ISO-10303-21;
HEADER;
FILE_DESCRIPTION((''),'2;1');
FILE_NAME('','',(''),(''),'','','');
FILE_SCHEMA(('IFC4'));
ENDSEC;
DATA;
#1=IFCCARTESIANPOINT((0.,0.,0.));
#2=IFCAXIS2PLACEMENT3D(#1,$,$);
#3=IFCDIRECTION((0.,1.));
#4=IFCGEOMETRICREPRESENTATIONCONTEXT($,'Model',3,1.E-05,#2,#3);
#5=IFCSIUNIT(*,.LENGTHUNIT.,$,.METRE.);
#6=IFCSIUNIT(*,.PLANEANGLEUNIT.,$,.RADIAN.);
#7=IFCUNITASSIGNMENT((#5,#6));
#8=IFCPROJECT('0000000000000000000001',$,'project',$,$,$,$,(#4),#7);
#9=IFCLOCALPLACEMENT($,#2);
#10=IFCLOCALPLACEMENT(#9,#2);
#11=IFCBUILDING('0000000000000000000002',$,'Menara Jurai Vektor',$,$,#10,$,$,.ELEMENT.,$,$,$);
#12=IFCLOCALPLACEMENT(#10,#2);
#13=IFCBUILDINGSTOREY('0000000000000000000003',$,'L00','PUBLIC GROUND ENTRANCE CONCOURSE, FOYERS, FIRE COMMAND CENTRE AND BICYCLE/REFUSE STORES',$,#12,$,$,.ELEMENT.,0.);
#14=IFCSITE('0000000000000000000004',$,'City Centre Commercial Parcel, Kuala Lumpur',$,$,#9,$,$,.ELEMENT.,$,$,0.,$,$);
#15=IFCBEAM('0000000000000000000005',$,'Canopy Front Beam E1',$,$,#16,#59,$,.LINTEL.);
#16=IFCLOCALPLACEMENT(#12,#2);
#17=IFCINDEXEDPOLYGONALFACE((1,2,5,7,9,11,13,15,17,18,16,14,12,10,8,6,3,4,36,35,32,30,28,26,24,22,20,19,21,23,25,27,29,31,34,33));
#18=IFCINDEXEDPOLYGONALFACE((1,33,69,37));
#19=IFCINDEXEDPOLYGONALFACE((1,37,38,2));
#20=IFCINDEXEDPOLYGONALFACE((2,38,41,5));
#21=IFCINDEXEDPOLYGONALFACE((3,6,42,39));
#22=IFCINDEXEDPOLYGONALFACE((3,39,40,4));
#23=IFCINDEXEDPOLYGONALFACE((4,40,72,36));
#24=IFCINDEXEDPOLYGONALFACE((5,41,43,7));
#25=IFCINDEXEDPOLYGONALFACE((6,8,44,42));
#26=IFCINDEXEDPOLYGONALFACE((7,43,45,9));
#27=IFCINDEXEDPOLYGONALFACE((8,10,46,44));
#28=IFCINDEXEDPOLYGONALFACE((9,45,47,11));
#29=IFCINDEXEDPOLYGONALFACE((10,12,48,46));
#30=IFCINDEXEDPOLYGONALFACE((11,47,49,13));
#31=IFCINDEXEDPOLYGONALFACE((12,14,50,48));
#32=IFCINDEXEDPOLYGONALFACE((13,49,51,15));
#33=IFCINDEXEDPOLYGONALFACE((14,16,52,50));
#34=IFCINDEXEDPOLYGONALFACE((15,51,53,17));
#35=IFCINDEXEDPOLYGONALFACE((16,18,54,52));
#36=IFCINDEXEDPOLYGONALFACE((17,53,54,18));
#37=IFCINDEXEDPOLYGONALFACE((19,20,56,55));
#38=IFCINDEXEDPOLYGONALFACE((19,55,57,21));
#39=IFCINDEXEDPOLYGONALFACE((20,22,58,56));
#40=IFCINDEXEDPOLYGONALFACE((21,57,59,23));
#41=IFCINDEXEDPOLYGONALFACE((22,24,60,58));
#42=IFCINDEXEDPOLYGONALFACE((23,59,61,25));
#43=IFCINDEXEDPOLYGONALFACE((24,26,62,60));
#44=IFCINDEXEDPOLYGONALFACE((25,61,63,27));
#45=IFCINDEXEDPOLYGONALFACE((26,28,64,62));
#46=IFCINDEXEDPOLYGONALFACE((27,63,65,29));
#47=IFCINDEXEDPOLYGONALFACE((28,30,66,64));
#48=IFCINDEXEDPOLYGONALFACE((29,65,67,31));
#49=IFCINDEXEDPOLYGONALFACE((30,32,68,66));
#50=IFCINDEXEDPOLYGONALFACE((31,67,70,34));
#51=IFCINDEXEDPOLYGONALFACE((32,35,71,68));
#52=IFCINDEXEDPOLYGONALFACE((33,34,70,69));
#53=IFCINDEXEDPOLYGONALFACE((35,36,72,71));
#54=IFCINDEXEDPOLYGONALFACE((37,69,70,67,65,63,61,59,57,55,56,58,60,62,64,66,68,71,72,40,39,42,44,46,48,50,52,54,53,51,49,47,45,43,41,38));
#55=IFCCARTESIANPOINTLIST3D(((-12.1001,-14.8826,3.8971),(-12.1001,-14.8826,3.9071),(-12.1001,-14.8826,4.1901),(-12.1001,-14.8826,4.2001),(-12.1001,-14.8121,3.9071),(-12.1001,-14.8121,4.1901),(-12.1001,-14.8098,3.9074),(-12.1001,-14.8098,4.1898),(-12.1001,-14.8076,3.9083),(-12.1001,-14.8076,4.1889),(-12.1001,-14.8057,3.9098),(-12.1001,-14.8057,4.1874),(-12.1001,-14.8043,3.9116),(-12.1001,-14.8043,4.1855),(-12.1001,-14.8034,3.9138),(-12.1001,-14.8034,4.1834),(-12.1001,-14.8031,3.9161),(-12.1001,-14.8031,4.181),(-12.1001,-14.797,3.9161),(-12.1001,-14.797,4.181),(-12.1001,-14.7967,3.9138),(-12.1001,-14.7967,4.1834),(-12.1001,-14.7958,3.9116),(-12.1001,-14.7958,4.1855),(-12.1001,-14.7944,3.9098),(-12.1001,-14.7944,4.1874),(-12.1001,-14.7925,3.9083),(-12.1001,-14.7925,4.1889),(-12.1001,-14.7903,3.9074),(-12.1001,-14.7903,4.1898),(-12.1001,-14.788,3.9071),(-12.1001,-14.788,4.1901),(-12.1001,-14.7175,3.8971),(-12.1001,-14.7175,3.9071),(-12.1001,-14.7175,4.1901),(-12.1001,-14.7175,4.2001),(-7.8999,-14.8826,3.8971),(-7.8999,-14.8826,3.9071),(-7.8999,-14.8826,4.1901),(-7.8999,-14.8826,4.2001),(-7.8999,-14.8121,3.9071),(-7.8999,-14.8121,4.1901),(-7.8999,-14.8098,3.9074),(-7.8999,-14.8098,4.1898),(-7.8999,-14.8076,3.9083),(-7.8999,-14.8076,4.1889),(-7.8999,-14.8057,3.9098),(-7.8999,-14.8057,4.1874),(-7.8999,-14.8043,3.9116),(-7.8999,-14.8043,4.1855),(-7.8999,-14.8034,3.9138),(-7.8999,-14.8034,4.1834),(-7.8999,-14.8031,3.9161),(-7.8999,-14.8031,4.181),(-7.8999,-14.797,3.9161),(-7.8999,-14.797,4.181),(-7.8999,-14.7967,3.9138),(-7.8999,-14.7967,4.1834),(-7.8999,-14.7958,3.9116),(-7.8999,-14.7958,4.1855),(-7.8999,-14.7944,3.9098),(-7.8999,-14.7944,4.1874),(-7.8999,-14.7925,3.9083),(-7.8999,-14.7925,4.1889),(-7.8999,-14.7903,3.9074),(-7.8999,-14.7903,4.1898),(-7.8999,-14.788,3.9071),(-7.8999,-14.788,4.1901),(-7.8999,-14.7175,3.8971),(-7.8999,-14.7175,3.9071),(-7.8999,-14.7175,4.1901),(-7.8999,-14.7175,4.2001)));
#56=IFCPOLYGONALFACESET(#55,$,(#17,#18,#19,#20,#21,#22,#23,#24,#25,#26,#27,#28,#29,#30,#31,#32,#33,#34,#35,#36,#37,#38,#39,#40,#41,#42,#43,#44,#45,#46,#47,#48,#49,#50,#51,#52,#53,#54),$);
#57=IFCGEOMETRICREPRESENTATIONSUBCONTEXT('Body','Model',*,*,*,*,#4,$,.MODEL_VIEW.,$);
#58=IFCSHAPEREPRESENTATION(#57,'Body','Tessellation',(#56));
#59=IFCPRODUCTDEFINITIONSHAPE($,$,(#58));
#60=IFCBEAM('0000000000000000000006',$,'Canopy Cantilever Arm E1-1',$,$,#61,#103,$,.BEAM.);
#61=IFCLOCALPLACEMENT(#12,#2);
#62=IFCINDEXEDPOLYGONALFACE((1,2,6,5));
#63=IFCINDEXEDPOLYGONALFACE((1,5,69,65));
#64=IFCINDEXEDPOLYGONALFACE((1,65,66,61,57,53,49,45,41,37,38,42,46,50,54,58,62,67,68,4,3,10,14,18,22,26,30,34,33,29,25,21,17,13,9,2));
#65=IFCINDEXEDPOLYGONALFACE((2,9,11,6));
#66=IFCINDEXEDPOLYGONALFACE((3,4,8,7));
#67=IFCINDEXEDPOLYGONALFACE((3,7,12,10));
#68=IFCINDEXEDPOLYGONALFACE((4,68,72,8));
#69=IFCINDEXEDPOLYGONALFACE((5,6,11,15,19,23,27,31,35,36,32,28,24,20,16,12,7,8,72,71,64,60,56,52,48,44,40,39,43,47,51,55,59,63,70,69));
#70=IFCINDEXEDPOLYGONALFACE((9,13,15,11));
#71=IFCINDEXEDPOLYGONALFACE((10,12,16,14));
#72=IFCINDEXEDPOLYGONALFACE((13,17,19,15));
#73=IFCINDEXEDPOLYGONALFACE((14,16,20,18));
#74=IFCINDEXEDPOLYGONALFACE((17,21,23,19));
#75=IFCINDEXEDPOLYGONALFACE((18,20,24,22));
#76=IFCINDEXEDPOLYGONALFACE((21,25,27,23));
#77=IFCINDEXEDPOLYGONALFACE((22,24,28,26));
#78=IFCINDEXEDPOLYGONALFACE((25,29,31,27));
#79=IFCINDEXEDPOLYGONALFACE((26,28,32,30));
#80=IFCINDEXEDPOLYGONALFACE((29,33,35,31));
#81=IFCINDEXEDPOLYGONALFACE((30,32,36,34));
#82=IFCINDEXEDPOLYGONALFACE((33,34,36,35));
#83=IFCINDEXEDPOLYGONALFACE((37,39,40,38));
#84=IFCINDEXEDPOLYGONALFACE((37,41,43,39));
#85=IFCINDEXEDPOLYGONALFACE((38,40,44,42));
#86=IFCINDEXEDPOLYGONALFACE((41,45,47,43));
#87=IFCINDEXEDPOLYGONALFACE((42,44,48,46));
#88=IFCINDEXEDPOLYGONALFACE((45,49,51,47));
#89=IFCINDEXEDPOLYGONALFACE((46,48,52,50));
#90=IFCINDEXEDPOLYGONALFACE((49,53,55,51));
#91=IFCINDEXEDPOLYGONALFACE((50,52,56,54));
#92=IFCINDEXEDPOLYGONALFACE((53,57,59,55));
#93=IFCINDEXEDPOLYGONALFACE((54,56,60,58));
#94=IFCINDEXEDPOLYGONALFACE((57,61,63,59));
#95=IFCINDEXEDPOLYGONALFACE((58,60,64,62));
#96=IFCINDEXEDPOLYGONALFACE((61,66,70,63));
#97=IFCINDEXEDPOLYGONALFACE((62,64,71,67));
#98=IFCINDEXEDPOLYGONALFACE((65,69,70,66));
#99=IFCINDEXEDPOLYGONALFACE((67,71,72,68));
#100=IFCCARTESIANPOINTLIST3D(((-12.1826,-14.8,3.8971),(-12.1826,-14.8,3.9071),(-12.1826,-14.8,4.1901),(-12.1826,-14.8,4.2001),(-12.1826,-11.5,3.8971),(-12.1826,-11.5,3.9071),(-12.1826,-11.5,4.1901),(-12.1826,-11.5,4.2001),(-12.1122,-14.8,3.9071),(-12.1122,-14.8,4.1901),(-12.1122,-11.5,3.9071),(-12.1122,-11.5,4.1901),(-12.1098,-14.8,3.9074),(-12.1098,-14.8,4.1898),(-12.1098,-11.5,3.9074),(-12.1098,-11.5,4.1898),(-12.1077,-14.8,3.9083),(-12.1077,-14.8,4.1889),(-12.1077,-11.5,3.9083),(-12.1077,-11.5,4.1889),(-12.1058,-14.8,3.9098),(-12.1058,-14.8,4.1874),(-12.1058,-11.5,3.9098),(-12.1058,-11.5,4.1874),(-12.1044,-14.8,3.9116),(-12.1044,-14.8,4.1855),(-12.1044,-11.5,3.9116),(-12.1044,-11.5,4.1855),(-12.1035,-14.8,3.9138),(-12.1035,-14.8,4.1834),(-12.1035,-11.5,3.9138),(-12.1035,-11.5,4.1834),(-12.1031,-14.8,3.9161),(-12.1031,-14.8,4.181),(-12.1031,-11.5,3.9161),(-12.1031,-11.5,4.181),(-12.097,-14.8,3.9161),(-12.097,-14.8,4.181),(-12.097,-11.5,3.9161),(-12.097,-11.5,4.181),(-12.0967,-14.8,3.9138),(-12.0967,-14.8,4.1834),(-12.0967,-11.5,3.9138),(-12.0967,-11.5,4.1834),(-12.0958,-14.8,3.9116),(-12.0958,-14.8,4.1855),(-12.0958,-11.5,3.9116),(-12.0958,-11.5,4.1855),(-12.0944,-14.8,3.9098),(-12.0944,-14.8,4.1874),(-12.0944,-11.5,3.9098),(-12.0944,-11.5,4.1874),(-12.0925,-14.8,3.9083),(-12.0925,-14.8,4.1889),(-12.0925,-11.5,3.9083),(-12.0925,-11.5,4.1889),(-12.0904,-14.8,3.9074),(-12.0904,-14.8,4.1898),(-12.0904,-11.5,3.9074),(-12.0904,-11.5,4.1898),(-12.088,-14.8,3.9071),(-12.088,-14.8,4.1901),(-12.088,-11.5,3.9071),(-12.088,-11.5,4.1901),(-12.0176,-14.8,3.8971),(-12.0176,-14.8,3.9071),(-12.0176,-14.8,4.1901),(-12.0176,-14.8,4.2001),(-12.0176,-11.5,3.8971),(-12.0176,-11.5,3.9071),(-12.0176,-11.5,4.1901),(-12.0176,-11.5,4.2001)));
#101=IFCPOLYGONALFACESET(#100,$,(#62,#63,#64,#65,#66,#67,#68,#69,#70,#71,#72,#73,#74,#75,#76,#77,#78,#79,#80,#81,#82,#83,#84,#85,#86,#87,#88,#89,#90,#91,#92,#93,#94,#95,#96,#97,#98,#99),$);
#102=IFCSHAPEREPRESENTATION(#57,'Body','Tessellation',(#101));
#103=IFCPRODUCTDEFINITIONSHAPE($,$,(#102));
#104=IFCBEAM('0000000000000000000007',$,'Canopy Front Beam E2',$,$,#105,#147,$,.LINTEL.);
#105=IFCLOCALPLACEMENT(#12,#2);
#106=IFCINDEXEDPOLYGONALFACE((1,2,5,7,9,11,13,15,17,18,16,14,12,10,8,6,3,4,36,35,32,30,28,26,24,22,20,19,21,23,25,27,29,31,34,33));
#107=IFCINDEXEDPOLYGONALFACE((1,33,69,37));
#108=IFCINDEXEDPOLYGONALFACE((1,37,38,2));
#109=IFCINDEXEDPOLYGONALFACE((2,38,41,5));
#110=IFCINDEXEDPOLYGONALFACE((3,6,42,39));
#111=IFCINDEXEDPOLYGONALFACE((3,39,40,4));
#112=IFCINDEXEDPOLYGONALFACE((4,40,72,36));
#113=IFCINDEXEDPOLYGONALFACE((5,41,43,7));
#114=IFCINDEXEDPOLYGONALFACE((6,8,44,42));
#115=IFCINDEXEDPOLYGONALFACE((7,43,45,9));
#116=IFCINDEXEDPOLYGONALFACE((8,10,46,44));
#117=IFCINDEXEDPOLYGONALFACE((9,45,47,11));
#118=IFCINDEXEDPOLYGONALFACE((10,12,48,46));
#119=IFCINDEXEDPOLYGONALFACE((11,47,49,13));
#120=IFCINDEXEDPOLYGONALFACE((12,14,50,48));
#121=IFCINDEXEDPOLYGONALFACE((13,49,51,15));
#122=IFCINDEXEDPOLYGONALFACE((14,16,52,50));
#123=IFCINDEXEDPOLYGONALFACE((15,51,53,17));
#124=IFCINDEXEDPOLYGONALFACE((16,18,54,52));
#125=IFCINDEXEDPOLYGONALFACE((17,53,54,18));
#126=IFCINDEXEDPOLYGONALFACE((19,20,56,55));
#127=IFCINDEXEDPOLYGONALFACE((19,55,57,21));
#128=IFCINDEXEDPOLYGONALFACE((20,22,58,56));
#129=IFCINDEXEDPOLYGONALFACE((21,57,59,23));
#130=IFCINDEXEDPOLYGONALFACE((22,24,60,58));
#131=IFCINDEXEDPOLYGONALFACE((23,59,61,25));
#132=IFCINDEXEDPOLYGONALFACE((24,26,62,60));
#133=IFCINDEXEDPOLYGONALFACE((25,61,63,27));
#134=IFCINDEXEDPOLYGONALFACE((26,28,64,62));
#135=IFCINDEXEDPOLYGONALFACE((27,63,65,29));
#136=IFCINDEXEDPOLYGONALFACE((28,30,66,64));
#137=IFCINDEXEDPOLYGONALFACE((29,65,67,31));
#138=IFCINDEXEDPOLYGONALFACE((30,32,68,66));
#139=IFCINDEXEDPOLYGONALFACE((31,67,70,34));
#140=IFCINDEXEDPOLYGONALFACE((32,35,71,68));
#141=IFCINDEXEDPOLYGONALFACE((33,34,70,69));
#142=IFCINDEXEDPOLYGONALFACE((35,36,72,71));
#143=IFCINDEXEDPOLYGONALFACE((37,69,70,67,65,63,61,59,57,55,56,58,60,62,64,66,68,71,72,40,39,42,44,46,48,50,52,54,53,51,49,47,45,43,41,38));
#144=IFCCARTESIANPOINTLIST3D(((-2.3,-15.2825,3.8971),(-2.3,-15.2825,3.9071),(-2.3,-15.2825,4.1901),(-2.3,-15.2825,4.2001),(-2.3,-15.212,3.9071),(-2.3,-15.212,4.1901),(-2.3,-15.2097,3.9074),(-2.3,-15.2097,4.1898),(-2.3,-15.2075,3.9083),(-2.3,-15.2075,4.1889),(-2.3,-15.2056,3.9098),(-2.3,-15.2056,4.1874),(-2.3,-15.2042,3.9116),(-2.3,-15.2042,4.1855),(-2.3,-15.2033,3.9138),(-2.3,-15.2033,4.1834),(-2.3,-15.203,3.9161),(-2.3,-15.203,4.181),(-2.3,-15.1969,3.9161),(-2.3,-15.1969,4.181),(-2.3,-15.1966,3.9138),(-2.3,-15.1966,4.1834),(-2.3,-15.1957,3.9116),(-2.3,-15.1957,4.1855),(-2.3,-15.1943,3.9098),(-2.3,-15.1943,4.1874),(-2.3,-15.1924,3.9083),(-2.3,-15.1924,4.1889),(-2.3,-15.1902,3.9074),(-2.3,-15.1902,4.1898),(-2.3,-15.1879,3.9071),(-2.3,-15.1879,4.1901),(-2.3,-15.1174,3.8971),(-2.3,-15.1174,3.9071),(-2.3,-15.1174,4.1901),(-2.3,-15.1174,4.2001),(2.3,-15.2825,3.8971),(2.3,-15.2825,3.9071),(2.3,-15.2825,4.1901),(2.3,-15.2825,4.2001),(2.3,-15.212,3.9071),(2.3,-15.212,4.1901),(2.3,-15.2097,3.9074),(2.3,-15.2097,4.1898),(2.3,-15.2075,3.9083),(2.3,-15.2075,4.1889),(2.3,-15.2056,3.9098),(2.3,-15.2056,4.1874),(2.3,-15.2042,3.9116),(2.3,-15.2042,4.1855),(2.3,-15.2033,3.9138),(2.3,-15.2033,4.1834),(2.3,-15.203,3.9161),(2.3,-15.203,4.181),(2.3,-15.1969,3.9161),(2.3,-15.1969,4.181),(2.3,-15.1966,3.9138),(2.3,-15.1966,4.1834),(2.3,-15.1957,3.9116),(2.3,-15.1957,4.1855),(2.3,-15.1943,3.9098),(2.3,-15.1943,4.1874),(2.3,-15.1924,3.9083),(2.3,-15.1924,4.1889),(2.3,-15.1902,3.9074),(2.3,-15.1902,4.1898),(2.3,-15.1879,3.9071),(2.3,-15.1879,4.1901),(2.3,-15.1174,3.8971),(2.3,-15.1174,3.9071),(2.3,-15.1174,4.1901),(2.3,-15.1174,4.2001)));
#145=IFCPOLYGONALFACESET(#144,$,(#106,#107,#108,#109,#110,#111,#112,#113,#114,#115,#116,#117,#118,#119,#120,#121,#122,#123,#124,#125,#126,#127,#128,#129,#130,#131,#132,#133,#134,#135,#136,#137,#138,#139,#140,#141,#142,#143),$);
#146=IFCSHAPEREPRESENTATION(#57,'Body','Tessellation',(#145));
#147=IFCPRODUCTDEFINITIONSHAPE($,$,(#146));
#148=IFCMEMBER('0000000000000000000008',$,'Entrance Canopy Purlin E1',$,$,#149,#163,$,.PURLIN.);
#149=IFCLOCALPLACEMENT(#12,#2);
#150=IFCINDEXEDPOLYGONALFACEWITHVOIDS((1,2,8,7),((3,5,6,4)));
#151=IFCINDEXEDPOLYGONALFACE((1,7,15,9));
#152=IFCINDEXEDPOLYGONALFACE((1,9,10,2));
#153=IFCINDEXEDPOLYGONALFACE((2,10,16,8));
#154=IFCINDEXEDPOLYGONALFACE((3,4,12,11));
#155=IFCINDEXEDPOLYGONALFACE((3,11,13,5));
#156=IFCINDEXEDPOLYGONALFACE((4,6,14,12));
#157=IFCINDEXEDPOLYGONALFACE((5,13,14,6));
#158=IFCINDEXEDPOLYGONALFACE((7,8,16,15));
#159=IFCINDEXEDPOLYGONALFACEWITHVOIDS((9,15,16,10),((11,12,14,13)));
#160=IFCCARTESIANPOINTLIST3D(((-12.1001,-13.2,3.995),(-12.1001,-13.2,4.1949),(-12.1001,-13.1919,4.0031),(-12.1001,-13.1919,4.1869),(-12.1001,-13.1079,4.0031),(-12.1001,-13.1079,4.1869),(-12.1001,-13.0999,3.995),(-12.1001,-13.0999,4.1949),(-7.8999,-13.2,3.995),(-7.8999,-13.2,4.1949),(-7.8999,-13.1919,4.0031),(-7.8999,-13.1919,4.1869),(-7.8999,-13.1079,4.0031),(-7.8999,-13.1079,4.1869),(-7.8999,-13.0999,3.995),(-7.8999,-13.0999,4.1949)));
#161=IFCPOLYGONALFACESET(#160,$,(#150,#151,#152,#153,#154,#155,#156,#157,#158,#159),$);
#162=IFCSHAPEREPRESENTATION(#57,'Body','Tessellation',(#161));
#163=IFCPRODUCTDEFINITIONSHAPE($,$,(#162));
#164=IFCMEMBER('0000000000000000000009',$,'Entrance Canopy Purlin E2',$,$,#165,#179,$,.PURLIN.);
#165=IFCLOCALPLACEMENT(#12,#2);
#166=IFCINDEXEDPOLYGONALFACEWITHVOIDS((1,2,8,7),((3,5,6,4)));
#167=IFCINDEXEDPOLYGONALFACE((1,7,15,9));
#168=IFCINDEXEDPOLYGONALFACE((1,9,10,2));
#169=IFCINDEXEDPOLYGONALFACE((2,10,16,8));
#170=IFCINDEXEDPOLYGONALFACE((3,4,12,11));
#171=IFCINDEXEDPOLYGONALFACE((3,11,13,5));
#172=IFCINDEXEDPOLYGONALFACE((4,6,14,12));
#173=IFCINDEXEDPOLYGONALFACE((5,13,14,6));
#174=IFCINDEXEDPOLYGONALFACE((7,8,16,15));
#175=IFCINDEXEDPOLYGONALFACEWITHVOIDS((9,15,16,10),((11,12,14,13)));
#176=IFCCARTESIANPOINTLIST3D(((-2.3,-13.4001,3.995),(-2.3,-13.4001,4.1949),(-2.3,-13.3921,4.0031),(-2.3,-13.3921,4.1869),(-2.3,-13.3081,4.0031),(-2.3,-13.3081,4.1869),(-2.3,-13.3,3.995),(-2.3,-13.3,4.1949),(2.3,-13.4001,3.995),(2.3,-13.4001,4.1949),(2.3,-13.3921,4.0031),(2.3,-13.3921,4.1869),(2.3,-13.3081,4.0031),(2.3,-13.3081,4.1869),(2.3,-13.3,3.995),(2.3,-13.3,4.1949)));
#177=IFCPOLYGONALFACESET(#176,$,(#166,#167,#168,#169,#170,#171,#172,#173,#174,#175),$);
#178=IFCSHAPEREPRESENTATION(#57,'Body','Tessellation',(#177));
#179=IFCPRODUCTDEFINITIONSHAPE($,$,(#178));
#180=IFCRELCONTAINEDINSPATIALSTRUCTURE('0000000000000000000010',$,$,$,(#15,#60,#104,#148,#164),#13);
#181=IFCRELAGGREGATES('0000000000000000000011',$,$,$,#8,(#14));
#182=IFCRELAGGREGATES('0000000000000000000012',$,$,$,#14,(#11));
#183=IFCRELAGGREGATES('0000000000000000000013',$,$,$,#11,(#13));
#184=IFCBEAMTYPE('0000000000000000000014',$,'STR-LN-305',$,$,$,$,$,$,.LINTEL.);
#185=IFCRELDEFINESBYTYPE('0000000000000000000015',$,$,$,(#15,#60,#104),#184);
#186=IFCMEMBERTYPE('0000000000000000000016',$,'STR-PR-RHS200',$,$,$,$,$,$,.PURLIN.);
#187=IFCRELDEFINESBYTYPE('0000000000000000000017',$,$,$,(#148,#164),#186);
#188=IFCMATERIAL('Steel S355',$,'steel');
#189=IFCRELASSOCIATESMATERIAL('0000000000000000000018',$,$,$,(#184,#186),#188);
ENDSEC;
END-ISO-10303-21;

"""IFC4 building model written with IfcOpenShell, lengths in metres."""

from ifc_helpers import new_model, si_unit, direction, frame, origin, origin_2d, place, context, subcontext, project, spatial, hollow_rectangle, i_section, extrude, material, material_profile, profile_set, type_object, element, save


model = new_model("IFC4")

# Units and contexts
model_context = context("Model", 3, precision=1e-05, world=origin(), true_north=direction((0.0, 1.0)))
body_context = subcontext(model_context, "Body", "Model", "MODEL_VIEW")
ifc_project = project(units=[si_unit("LENGTHUNIT", "METRE"), si_unit("PLANEANGLEUNIT", "RADIAN")], contexts=[model_context])

# Site, building, storey
site_placement = place(None, origin())
site = spatial("IfcSite", under=ifc_project, at=site_placement, Name="City Centre Commercial Parcel, Kuala Lumpur", CompositionType="ELEMENT", RefElevation=0.0)
building_placement = place(site_placement, origin())
building = spatial("IfcBuilding", under=site, at=building_placement, Name="Menara Jurai Vektor", CompositionType="ELEMENT")
storey_placement = place(building_placement, origin())
storey = spatial("IfcBuildingStorey", under=building, at=storey_placement, Name="L00", Description="PUBLIC GROUND ENTRANCE CONCOURSE, FOYERS, FIRE COMMAND CENTRE AND BICYCLE/REFUSE STORES", CompositionType="ELEMENT", Elevation=0.0)

# Shared definitions
ifc_material_1 = material(Name="Steel S355", Category="steel")

# Beams
ifc_material_profile_1 = material_profile(ifc_material_1, i_section(OverallWidth=0.165, OverallDepth=0.303, WebThickness=0.0061, FlangeThickness=0.01, FilletRadius=0.009, at=origin_2d()), Name="UKB 305x165x40")
ifc_profile_set_1 = profile_set([ifc_material_profile_1], Name="Steel S355")
beam_type_1 = type_object("IfcBeamType", Name="STR-LN-305", PredefinedType="LINTEL", material=ifc_profile_set_1)
beam_1_placement = place(storey_placement, frame((-12.1001, -14.8, 4.0486), z_axis=(1.0, 0.0, 0.0), x_axis=(0.0, 1.0, 0.0)))
element("IfcBeam", 1, at=beam_1_placement, inside=storey, type_object=beam_type_1, Name="Canopy Front Beam E1", PredefinedType="LINTEL", context=body_context, shape_type="SweptSolid", body=[
    extrude(i_section(OverallWidth=0.165, OverallDepth=0.303, WebThickness=0.0061, FlangeThickness=0.01, FilletRadius=0.009, at=origin_2d()), origin(), (0.0, 0.0, 1.0), 4.2002),
])
beam_2_placement = place(storey_placement, frame((-12.1001, -11.5, 4.0486), z_axis=(0.0, -1.0, 0.0), x_axis=(1.0, 0.0, 0.0)))
element("IfcBeam", 2, at=beam_2_placement, inside=storey, type_object=beam_type_1, Name="Canopy Cantilever Arm E1-1", PredefinedType="BEAM", context=body_context, shape_type="SweptSolid", body=[
    extrude(i_section(OverallWidth=0.165, OverallDepth=0.303, WebThickness=0.0061, FlangeThickness=0.01, FilletRadius=0.009, at=origin_2d()), origin(), (0.0, 0.0, 1.0), 3.3),
])
beam_3_placement = place(storey_placement, frame((-2.3, -15.2, 4.0486), z_axis=(1.0, 0.0, 0.0), x_axis=(0.0, 1.0, 0.0)))
element("IfcBeam", 3, at=beam_3_placement, inside=storey, type_object=beam_type_1, Name="Canopy Front Beam E2", PredefinedType="LINTEL", context=body_context, shape_type="SweptSolid", body=[
    extrude(i_section(OverallWidth=0.165, OverallDepth=0.303, WebThickness=0.0061, FlangeThickness=0.01, FilletRadius=0.009, at=origin_2d()), origin(), (0.0, 0.0, 1.0), 4.6001),
])

# Members
ifc_material_profile_2 = material_profile(ifc_material_1, hollow_rectangle(XDim=0.1001, YDim=0.2, WallThickness=0.0081, at=origin_2d()), Name="RHS 200x100x8")
ifc_profile_set_2 = profile_set([ifc_material_profile_2], Name="Steel S355")
member_type_1 = type_object("IfcMemberType", Name="STR-PR-RHS200", PredefinedType="PURLIN", material=ifc_profile_set_2)
member_1_placement = place(storey_placement, frame((-12.1001, -13.1499, 4.095), z_axis=(1.0, 0.0, 0.0), x_axis=(0.0, 1.0, 0.0)))
element("IfcMember", 4, at=member_1_placement, inside=storey, type_object=member_type_1, Name="Entrance Canopy Purlin E1", PredefinedType="PURLIN", context=body_context, shape_type="SweptSolid", body=[
    extrude(hollow_rectangle(XDim=0.1001, YDim=0.2, WallThickness=0.0081, at=origin_2d()), origin(), (0.0, 0.0, 1.0), 4.2002),
])
member_2_placement = place(storey_placement, frame((-2.3, -13.3501, 4.095), z_axis=(1.0, 0.0, 0.0), x_axis=(0.0, 1.0, 0.0)))
element("IfcMember", 5, at=member_2_placement, inside=storey, type_object=member_type_1, Name="Entrance Canopy Purlin E2", PredefinedType="PURLIN", context=body_context, shape_type="SweptSolid", body=[
    extrude(hollow_rectangle(XDim=0.1001, YDim=0.2, WallThickness=0.0081, at=origin_2d()), origin(), (0.0, 0.0, 1.0), 4.6001),
])

save(model, "model.ifc")
